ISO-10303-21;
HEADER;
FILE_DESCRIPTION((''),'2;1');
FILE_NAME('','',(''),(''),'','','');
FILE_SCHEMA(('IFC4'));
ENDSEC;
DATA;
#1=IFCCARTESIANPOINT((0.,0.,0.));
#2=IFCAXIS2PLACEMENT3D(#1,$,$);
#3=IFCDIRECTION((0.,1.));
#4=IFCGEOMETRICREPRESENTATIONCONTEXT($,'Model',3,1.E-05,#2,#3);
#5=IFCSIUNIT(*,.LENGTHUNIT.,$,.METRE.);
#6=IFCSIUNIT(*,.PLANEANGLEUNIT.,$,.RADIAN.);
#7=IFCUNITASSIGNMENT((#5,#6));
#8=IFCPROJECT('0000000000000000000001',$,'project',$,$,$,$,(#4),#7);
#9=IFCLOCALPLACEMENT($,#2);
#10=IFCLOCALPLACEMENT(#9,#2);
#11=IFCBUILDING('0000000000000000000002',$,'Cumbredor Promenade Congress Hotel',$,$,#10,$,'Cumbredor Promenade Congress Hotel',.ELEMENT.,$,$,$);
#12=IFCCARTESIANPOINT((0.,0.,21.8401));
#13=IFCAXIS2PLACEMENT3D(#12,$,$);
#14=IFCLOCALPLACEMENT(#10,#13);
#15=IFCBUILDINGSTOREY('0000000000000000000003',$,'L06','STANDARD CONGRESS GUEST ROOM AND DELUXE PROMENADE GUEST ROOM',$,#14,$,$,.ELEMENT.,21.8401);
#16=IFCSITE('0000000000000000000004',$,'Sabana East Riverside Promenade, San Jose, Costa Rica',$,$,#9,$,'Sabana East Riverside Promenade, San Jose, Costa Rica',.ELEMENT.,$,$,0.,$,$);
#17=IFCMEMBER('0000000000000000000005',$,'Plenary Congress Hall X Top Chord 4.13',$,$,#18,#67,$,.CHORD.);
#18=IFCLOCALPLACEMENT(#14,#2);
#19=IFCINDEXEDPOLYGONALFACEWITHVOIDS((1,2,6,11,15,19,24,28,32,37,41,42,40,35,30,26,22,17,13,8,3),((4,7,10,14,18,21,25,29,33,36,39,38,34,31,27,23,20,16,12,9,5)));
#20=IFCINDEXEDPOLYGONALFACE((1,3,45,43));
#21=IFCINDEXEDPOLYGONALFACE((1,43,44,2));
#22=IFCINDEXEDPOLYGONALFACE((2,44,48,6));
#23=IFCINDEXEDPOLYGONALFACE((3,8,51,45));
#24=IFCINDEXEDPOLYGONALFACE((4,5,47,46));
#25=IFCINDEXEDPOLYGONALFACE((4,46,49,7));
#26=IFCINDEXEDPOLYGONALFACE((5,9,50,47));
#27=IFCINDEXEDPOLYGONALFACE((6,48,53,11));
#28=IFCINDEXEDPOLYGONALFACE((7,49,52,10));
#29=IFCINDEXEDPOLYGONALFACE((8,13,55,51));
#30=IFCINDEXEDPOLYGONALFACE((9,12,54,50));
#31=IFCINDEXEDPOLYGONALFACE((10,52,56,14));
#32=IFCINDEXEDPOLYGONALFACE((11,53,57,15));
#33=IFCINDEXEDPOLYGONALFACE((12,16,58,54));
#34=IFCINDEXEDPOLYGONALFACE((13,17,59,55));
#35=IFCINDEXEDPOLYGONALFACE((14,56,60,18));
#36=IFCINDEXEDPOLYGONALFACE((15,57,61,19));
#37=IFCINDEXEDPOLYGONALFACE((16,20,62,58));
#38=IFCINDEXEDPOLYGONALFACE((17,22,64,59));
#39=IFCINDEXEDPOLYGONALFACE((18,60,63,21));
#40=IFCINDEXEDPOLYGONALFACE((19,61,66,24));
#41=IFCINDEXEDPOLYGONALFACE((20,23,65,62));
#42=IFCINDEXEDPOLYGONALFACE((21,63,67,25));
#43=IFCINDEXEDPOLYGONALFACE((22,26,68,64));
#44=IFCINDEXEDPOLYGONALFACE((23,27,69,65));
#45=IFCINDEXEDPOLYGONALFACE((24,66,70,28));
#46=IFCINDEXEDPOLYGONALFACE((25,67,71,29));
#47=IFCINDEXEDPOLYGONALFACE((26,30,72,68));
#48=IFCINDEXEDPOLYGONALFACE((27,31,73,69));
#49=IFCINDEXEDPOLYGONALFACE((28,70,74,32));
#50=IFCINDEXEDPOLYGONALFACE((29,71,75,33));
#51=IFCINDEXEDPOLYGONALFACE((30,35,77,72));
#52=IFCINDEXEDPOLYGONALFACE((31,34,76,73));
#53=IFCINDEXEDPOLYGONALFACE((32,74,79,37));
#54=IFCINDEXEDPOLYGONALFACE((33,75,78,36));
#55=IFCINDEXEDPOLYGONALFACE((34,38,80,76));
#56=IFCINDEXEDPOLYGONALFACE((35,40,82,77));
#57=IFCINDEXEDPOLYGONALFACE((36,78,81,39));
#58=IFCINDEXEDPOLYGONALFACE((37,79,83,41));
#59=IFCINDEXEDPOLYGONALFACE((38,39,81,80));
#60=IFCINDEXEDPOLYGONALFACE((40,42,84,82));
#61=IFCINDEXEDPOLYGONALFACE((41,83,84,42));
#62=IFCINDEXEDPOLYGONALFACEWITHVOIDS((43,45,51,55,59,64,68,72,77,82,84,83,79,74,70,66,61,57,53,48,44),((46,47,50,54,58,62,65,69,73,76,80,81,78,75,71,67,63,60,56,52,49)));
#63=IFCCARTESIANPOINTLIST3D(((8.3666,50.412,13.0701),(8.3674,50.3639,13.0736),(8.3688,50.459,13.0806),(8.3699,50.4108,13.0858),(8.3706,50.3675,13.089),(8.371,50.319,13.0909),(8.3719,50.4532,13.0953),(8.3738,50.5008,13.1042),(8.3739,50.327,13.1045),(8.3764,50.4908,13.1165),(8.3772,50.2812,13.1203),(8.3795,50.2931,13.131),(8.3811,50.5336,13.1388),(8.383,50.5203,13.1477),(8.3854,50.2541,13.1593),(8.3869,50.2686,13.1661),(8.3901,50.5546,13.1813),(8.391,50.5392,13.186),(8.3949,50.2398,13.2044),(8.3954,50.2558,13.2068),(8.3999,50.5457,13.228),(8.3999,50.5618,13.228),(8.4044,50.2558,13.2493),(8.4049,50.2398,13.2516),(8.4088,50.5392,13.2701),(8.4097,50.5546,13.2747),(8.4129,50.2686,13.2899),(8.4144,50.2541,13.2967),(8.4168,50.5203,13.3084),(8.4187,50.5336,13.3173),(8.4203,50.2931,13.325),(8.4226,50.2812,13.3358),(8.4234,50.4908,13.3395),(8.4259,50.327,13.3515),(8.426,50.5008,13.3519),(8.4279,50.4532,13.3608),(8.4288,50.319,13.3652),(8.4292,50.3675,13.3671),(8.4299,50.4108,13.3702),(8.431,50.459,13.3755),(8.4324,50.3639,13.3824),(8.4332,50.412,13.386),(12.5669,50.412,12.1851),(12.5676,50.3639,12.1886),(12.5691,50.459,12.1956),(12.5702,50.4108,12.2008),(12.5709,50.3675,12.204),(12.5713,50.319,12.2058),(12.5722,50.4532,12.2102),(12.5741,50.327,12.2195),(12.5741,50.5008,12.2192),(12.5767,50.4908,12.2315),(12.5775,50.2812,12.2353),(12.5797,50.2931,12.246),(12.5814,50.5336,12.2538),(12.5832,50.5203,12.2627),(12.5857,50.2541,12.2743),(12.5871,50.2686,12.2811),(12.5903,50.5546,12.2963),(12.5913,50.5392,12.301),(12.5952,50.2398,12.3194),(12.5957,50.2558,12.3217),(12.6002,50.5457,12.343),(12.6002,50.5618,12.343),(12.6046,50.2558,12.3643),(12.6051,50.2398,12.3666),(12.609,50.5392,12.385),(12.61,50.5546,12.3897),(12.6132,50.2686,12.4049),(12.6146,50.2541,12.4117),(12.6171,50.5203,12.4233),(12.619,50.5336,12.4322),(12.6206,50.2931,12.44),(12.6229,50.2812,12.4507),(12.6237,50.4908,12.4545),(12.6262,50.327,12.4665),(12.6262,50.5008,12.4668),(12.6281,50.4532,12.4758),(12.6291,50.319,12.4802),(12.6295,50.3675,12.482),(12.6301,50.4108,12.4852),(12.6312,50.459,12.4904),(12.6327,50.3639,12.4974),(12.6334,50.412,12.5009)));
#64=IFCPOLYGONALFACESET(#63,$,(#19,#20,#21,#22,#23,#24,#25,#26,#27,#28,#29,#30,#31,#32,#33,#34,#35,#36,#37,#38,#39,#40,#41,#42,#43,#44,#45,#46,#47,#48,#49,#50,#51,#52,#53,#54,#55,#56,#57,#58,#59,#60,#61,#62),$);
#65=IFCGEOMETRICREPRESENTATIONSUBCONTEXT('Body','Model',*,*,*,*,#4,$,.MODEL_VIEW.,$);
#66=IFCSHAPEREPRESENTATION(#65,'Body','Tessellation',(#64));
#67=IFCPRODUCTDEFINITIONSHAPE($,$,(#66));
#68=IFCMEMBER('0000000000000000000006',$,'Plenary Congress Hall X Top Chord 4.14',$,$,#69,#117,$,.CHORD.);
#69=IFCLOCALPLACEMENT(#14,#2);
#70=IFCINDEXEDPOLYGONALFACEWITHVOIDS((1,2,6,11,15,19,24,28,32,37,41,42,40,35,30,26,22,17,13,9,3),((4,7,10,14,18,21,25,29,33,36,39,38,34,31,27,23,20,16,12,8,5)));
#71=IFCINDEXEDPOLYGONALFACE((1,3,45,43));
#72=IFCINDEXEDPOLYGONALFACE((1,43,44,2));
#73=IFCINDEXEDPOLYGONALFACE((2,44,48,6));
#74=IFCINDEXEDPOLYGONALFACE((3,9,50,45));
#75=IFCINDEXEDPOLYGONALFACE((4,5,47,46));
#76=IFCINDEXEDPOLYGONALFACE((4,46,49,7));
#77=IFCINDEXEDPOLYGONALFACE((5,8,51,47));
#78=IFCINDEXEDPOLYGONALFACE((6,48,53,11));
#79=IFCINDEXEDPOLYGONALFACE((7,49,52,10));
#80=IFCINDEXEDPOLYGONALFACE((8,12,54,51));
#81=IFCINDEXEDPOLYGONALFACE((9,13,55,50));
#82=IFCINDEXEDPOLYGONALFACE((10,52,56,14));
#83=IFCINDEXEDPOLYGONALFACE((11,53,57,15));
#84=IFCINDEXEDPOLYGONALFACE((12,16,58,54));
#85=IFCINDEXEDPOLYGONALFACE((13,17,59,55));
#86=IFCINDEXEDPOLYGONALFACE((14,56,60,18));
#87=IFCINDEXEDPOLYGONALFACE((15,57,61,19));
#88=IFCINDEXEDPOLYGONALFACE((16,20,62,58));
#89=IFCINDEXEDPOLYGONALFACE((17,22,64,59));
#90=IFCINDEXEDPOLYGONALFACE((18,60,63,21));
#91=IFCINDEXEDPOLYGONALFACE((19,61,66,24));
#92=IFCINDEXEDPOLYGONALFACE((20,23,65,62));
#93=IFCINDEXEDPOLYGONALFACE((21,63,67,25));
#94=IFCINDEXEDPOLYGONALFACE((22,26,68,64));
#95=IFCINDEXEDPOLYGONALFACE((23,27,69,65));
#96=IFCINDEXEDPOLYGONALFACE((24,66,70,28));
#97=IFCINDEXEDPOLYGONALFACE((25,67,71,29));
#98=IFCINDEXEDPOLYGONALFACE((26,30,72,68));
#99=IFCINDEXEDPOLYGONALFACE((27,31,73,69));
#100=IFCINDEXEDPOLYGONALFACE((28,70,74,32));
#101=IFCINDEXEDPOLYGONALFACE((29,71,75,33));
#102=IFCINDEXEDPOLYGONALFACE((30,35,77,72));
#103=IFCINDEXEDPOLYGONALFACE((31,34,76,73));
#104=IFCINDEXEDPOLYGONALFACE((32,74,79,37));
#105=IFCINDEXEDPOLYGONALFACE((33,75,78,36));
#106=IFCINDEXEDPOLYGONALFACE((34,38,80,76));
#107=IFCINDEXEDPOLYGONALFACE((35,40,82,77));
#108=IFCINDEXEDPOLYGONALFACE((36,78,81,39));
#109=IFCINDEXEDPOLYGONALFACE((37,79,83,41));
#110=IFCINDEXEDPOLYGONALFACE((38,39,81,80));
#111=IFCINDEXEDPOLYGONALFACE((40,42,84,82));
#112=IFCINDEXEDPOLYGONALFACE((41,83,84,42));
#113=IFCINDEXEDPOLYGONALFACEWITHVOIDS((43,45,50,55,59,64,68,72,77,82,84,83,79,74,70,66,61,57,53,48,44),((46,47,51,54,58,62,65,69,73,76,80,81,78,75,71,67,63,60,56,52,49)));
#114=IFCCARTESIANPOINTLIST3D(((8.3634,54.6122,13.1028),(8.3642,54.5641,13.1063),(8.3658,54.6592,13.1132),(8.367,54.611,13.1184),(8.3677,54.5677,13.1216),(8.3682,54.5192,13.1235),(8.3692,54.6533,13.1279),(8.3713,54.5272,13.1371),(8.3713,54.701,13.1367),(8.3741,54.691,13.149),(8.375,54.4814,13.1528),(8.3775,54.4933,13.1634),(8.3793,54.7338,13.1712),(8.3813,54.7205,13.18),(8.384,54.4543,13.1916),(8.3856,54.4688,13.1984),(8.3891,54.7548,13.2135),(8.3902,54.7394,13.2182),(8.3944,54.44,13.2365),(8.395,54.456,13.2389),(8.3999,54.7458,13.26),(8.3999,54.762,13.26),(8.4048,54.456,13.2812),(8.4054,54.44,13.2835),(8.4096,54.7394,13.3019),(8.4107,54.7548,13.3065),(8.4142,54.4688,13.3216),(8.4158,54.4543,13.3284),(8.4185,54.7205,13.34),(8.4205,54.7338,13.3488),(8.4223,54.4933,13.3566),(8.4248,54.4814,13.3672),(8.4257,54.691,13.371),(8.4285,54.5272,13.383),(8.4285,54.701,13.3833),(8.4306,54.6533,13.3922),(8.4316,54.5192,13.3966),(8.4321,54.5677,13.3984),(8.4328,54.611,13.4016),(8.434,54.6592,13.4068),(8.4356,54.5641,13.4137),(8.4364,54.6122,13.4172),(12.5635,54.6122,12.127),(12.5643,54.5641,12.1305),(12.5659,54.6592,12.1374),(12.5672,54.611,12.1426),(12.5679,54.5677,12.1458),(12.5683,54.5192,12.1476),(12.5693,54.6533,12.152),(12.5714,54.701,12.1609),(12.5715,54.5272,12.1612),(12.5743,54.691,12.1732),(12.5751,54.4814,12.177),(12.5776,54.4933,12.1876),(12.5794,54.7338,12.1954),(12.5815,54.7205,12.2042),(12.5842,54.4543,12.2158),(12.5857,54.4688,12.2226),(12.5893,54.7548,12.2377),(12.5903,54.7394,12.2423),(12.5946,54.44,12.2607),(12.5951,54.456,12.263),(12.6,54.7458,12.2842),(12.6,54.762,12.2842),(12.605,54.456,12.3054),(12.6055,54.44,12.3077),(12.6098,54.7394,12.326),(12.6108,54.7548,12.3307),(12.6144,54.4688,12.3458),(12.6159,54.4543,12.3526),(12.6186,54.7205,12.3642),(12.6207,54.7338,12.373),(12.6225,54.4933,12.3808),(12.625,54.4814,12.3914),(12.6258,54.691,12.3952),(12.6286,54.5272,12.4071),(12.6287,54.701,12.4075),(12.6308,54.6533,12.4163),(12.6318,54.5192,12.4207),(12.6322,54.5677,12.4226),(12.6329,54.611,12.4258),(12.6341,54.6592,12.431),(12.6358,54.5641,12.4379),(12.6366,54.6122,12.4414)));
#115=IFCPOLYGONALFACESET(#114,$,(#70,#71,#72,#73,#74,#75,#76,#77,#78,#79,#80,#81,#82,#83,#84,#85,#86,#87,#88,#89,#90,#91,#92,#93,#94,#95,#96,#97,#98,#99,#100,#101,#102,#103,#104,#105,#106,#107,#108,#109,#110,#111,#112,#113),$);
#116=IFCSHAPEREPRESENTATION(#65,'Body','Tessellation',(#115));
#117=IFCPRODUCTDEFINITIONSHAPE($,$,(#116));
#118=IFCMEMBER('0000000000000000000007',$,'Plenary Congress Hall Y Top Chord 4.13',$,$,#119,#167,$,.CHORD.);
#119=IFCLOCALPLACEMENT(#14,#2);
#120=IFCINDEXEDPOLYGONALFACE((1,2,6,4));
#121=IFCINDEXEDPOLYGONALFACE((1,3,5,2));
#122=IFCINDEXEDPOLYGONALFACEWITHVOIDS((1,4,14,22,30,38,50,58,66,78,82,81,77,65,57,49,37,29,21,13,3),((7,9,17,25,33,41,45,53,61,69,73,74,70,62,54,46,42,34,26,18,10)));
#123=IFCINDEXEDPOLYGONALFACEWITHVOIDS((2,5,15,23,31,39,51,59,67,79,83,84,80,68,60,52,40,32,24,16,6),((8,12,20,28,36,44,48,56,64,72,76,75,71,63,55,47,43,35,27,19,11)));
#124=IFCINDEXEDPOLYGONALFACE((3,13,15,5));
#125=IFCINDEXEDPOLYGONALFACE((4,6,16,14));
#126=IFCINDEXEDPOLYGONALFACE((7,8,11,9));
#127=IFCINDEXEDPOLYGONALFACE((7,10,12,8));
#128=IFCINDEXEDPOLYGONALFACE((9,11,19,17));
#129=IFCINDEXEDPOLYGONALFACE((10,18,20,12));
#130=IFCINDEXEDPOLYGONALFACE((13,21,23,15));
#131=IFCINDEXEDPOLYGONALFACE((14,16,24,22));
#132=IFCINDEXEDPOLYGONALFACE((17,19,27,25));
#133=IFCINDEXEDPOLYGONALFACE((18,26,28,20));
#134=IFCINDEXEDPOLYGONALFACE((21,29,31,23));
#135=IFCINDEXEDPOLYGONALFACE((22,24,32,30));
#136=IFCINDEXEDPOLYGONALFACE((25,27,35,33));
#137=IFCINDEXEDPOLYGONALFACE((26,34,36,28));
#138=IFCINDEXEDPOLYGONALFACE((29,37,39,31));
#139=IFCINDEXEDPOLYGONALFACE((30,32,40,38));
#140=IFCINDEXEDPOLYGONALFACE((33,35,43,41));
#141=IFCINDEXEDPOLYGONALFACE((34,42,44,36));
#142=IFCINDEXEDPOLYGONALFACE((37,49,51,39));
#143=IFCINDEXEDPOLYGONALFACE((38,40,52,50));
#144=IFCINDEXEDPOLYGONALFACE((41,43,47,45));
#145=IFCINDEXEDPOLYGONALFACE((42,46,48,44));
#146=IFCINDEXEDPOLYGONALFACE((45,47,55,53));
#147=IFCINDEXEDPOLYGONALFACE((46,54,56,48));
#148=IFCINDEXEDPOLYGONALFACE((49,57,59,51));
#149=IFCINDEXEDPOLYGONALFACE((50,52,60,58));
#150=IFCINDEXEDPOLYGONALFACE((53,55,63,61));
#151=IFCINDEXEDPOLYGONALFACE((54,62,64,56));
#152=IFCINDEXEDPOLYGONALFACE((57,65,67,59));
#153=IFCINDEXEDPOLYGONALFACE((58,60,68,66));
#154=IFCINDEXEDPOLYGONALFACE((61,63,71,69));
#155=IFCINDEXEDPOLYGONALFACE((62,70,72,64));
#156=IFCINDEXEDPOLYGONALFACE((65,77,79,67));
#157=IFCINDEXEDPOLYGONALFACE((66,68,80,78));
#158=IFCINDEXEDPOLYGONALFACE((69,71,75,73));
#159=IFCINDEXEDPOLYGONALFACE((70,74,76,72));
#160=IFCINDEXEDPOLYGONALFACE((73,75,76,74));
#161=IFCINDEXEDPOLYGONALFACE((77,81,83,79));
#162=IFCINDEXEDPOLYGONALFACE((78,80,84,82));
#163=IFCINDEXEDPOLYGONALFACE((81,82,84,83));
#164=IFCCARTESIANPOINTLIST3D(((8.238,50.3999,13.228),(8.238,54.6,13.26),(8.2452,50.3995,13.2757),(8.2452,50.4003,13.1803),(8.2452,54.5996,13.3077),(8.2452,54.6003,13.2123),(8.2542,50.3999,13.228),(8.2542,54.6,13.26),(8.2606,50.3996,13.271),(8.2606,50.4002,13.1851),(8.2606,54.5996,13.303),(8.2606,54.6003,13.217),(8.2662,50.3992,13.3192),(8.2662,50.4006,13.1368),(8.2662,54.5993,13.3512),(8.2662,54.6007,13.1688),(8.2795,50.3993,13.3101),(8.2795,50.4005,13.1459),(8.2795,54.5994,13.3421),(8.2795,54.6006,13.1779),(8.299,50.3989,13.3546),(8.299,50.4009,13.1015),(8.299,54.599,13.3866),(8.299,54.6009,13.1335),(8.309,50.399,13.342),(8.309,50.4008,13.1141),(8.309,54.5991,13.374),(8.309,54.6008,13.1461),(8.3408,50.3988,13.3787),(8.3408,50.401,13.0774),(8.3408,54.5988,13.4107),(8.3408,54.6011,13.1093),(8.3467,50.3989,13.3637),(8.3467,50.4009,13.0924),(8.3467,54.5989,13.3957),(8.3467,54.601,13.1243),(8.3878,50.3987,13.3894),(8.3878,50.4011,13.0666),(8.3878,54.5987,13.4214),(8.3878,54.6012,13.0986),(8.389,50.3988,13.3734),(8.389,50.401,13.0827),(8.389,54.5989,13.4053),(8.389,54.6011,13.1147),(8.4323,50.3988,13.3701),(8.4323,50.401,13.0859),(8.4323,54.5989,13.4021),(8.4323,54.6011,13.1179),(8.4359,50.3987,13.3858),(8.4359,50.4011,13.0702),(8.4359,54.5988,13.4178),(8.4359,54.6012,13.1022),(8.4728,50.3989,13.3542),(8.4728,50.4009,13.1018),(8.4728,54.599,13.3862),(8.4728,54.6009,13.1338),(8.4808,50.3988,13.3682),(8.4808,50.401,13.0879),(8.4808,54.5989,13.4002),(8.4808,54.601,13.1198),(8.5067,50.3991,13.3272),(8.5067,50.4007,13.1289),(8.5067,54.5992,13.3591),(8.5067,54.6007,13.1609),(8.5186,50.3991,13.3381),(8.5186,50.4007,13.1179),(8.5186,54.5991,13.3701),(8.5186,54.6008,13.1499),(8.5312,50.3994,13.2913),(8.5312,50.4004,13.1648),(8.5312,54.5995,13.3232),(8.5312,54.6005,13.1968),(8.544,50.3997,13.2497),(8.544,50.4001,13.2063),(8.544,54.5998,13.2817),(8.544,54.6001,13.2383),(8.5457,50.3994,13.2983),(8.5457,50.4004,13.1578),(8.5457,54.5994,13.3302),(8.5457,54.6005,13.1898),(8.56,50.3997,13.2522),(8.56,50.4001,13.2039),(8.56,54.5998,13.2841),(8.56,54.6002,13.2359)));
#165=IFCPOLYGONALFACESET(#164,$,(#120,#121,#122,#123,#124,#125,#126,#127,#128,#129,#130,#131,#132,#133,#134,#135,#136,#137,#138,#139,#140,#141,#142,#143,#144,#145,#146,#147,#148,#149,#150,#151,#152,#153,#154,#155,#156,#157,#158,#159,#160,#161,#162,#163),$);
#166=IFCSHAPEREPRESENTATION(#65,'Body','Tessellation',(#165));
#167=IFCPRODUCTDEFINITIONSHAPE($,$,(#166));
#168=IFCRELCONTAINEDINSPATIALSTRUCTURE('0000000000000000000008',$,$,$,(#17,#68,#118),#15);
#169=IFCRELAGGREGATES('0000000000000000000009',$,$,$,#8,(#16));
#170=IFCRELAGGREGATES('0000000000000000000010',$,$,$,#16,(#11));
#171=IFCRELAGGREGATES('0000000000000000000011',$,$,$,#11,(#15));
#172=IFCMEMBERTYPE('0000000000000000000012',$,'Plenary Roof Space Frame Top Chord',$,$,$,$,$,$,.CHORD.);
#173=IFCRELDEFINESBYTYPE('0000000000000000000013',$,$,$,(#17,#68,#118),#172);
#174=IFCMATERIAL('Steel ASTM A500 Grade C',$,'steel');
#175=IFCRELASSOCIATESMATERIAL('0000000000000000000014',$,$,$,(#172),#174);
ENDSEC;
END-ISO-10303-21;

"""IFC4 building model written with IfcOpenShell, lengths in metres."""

from ifc_helpers import new_model, si_unit, direction, frame, origin, origin_2d, place, context, subcontext, project, spatial, hollow_circle, extrude, material, material_profile, profile_set, type_object, element, save


model = new_model("IFC4")

# Units and contexts
model_context = context("Model", 3, precision=1e-05, world=origin(), true_north=direction((0.0, 1.0)))
body_context = subcontext(model_context, "Body", "Model", "MODEL_VIEW")
ifc_project = project(units=[si_unit("LENGTHUNIT", "METRE"), si_unit("PLANEANGLEUNIT", "RADIAN")], contexts=[model_context])

# Site, building, storey
site_placement = place(None, origin())
site = spatial("IfcSite", under=ifc_project, at=site_placement, Name="Sabana East Riverside Promenade, San Jose, Costa Rica", LongName="Sabana East Riverside Promenade, San Jose, Costa Rica", CompositionType="ELEMENT", RefElevation=0.0)
building_placement = place(site_placement, origin())
building = spatial("IfcBuilding", under=site, at=building_placement, Name="Cumbredor Promenade Congress Hotel", LongName="Cumbredor Promenade Congress Hotel", CompositionType="ELEMENT")
storey_placement = place(building_placement, frame((0.0, 0.0, 21.8401)))
storey = spatial("IfcBuildingStorey", under=building, at=storey_placement, Name="L06", Description="STANDARD CONGRESS GUEST ROOM AND DELUXE PROMENADE GUEST ROOM", CompositionType="ELEMENT", Elevation=21.8401)

# Members
ifc_material_1 = material(Name="Steel ASTM A500 Grade C", Category="steel")
ifc_material_profile_1 = material_profile(ifc_material_1, hollow_circle(Radius=0.1619, WallThickness=0.0161, at=origin_2d()), Name="CHS 323.9x16")
ifc_profile_set_1 = profile_set([ifc_material_profile_1], Name="Steel ASTM A500 Grade C")
member_type_1 = type_object("IfcMemberType", Name="Plenary Roof Space Frame Top Chord", PredefinedType="CHORD", material=ifc_profile_set_1)
member_1_placement = place(storey_placement, frame((8.3999, 50.3999, 13.228), z_axis=(0.978514, 0.0, -0.20618), x_axis=(0.0, 1.0, 0.0)))
element("IfcMember", 1, at=member_1_placement, inside=storey, type_object=member_type_1, Name="Plenary Congress Hall X Top Chord 4.13", PredefinedType="CHORD", context=body_context, shape_type="SweptSolid", body=[
    extrude(hollow_circle(Radius=0.1619, WallThickness=0.0161, at=origin_2d()), origin(), (0.0, 0.0, 1.0), 4.2925),
])
member_2_placement = place(storey_placement, frame((8.3999, 54.6001, 13.26), z_axis=(0.974057, 0.0, -0.226302), x_axis=(0.0, 1.0, 0.0)))
element("IfcMember", 2, at=member_2_placement, inside=storey, type_object=member_type_1, Name="Plenary Congress Hall X Top Chord 4.14", PredefinedType="CHORD", context=body_context, shape_type="SweptSolid", body=[
    extrude(hollow_circle(Radius=0.1619, WallThickness=0.0161, at=origin_2d()), origin(), (0.0, 0.0, 1.0), 4.312),
])
for number, where, z_axis, x_axis, name in (
    (3, (8.3999, 50.3999, 13.228), (0.0, 0.999971, 0.007614), (-1.0, 0.0, 0.0), "Plenary Congress Hall Y Top Chord 4.13"),
):
    element("IfcMember", number, at=place(storey_placement, frame(where, z_axis=z_axis, x_axis=x_axis)), inside=storey, type_object=member_type_1, Name=name, PredefinedType="CHORD", context=body_context, shape_type="SweptSolid", body=[
        extrude(hollow_circle(Radius=0.1619, WallThickness=0.0161, at=origin_2d()), origin(), (0.0, 0.0, 1.0), 4.2002),
    ])

save(model, "model.ifc")
